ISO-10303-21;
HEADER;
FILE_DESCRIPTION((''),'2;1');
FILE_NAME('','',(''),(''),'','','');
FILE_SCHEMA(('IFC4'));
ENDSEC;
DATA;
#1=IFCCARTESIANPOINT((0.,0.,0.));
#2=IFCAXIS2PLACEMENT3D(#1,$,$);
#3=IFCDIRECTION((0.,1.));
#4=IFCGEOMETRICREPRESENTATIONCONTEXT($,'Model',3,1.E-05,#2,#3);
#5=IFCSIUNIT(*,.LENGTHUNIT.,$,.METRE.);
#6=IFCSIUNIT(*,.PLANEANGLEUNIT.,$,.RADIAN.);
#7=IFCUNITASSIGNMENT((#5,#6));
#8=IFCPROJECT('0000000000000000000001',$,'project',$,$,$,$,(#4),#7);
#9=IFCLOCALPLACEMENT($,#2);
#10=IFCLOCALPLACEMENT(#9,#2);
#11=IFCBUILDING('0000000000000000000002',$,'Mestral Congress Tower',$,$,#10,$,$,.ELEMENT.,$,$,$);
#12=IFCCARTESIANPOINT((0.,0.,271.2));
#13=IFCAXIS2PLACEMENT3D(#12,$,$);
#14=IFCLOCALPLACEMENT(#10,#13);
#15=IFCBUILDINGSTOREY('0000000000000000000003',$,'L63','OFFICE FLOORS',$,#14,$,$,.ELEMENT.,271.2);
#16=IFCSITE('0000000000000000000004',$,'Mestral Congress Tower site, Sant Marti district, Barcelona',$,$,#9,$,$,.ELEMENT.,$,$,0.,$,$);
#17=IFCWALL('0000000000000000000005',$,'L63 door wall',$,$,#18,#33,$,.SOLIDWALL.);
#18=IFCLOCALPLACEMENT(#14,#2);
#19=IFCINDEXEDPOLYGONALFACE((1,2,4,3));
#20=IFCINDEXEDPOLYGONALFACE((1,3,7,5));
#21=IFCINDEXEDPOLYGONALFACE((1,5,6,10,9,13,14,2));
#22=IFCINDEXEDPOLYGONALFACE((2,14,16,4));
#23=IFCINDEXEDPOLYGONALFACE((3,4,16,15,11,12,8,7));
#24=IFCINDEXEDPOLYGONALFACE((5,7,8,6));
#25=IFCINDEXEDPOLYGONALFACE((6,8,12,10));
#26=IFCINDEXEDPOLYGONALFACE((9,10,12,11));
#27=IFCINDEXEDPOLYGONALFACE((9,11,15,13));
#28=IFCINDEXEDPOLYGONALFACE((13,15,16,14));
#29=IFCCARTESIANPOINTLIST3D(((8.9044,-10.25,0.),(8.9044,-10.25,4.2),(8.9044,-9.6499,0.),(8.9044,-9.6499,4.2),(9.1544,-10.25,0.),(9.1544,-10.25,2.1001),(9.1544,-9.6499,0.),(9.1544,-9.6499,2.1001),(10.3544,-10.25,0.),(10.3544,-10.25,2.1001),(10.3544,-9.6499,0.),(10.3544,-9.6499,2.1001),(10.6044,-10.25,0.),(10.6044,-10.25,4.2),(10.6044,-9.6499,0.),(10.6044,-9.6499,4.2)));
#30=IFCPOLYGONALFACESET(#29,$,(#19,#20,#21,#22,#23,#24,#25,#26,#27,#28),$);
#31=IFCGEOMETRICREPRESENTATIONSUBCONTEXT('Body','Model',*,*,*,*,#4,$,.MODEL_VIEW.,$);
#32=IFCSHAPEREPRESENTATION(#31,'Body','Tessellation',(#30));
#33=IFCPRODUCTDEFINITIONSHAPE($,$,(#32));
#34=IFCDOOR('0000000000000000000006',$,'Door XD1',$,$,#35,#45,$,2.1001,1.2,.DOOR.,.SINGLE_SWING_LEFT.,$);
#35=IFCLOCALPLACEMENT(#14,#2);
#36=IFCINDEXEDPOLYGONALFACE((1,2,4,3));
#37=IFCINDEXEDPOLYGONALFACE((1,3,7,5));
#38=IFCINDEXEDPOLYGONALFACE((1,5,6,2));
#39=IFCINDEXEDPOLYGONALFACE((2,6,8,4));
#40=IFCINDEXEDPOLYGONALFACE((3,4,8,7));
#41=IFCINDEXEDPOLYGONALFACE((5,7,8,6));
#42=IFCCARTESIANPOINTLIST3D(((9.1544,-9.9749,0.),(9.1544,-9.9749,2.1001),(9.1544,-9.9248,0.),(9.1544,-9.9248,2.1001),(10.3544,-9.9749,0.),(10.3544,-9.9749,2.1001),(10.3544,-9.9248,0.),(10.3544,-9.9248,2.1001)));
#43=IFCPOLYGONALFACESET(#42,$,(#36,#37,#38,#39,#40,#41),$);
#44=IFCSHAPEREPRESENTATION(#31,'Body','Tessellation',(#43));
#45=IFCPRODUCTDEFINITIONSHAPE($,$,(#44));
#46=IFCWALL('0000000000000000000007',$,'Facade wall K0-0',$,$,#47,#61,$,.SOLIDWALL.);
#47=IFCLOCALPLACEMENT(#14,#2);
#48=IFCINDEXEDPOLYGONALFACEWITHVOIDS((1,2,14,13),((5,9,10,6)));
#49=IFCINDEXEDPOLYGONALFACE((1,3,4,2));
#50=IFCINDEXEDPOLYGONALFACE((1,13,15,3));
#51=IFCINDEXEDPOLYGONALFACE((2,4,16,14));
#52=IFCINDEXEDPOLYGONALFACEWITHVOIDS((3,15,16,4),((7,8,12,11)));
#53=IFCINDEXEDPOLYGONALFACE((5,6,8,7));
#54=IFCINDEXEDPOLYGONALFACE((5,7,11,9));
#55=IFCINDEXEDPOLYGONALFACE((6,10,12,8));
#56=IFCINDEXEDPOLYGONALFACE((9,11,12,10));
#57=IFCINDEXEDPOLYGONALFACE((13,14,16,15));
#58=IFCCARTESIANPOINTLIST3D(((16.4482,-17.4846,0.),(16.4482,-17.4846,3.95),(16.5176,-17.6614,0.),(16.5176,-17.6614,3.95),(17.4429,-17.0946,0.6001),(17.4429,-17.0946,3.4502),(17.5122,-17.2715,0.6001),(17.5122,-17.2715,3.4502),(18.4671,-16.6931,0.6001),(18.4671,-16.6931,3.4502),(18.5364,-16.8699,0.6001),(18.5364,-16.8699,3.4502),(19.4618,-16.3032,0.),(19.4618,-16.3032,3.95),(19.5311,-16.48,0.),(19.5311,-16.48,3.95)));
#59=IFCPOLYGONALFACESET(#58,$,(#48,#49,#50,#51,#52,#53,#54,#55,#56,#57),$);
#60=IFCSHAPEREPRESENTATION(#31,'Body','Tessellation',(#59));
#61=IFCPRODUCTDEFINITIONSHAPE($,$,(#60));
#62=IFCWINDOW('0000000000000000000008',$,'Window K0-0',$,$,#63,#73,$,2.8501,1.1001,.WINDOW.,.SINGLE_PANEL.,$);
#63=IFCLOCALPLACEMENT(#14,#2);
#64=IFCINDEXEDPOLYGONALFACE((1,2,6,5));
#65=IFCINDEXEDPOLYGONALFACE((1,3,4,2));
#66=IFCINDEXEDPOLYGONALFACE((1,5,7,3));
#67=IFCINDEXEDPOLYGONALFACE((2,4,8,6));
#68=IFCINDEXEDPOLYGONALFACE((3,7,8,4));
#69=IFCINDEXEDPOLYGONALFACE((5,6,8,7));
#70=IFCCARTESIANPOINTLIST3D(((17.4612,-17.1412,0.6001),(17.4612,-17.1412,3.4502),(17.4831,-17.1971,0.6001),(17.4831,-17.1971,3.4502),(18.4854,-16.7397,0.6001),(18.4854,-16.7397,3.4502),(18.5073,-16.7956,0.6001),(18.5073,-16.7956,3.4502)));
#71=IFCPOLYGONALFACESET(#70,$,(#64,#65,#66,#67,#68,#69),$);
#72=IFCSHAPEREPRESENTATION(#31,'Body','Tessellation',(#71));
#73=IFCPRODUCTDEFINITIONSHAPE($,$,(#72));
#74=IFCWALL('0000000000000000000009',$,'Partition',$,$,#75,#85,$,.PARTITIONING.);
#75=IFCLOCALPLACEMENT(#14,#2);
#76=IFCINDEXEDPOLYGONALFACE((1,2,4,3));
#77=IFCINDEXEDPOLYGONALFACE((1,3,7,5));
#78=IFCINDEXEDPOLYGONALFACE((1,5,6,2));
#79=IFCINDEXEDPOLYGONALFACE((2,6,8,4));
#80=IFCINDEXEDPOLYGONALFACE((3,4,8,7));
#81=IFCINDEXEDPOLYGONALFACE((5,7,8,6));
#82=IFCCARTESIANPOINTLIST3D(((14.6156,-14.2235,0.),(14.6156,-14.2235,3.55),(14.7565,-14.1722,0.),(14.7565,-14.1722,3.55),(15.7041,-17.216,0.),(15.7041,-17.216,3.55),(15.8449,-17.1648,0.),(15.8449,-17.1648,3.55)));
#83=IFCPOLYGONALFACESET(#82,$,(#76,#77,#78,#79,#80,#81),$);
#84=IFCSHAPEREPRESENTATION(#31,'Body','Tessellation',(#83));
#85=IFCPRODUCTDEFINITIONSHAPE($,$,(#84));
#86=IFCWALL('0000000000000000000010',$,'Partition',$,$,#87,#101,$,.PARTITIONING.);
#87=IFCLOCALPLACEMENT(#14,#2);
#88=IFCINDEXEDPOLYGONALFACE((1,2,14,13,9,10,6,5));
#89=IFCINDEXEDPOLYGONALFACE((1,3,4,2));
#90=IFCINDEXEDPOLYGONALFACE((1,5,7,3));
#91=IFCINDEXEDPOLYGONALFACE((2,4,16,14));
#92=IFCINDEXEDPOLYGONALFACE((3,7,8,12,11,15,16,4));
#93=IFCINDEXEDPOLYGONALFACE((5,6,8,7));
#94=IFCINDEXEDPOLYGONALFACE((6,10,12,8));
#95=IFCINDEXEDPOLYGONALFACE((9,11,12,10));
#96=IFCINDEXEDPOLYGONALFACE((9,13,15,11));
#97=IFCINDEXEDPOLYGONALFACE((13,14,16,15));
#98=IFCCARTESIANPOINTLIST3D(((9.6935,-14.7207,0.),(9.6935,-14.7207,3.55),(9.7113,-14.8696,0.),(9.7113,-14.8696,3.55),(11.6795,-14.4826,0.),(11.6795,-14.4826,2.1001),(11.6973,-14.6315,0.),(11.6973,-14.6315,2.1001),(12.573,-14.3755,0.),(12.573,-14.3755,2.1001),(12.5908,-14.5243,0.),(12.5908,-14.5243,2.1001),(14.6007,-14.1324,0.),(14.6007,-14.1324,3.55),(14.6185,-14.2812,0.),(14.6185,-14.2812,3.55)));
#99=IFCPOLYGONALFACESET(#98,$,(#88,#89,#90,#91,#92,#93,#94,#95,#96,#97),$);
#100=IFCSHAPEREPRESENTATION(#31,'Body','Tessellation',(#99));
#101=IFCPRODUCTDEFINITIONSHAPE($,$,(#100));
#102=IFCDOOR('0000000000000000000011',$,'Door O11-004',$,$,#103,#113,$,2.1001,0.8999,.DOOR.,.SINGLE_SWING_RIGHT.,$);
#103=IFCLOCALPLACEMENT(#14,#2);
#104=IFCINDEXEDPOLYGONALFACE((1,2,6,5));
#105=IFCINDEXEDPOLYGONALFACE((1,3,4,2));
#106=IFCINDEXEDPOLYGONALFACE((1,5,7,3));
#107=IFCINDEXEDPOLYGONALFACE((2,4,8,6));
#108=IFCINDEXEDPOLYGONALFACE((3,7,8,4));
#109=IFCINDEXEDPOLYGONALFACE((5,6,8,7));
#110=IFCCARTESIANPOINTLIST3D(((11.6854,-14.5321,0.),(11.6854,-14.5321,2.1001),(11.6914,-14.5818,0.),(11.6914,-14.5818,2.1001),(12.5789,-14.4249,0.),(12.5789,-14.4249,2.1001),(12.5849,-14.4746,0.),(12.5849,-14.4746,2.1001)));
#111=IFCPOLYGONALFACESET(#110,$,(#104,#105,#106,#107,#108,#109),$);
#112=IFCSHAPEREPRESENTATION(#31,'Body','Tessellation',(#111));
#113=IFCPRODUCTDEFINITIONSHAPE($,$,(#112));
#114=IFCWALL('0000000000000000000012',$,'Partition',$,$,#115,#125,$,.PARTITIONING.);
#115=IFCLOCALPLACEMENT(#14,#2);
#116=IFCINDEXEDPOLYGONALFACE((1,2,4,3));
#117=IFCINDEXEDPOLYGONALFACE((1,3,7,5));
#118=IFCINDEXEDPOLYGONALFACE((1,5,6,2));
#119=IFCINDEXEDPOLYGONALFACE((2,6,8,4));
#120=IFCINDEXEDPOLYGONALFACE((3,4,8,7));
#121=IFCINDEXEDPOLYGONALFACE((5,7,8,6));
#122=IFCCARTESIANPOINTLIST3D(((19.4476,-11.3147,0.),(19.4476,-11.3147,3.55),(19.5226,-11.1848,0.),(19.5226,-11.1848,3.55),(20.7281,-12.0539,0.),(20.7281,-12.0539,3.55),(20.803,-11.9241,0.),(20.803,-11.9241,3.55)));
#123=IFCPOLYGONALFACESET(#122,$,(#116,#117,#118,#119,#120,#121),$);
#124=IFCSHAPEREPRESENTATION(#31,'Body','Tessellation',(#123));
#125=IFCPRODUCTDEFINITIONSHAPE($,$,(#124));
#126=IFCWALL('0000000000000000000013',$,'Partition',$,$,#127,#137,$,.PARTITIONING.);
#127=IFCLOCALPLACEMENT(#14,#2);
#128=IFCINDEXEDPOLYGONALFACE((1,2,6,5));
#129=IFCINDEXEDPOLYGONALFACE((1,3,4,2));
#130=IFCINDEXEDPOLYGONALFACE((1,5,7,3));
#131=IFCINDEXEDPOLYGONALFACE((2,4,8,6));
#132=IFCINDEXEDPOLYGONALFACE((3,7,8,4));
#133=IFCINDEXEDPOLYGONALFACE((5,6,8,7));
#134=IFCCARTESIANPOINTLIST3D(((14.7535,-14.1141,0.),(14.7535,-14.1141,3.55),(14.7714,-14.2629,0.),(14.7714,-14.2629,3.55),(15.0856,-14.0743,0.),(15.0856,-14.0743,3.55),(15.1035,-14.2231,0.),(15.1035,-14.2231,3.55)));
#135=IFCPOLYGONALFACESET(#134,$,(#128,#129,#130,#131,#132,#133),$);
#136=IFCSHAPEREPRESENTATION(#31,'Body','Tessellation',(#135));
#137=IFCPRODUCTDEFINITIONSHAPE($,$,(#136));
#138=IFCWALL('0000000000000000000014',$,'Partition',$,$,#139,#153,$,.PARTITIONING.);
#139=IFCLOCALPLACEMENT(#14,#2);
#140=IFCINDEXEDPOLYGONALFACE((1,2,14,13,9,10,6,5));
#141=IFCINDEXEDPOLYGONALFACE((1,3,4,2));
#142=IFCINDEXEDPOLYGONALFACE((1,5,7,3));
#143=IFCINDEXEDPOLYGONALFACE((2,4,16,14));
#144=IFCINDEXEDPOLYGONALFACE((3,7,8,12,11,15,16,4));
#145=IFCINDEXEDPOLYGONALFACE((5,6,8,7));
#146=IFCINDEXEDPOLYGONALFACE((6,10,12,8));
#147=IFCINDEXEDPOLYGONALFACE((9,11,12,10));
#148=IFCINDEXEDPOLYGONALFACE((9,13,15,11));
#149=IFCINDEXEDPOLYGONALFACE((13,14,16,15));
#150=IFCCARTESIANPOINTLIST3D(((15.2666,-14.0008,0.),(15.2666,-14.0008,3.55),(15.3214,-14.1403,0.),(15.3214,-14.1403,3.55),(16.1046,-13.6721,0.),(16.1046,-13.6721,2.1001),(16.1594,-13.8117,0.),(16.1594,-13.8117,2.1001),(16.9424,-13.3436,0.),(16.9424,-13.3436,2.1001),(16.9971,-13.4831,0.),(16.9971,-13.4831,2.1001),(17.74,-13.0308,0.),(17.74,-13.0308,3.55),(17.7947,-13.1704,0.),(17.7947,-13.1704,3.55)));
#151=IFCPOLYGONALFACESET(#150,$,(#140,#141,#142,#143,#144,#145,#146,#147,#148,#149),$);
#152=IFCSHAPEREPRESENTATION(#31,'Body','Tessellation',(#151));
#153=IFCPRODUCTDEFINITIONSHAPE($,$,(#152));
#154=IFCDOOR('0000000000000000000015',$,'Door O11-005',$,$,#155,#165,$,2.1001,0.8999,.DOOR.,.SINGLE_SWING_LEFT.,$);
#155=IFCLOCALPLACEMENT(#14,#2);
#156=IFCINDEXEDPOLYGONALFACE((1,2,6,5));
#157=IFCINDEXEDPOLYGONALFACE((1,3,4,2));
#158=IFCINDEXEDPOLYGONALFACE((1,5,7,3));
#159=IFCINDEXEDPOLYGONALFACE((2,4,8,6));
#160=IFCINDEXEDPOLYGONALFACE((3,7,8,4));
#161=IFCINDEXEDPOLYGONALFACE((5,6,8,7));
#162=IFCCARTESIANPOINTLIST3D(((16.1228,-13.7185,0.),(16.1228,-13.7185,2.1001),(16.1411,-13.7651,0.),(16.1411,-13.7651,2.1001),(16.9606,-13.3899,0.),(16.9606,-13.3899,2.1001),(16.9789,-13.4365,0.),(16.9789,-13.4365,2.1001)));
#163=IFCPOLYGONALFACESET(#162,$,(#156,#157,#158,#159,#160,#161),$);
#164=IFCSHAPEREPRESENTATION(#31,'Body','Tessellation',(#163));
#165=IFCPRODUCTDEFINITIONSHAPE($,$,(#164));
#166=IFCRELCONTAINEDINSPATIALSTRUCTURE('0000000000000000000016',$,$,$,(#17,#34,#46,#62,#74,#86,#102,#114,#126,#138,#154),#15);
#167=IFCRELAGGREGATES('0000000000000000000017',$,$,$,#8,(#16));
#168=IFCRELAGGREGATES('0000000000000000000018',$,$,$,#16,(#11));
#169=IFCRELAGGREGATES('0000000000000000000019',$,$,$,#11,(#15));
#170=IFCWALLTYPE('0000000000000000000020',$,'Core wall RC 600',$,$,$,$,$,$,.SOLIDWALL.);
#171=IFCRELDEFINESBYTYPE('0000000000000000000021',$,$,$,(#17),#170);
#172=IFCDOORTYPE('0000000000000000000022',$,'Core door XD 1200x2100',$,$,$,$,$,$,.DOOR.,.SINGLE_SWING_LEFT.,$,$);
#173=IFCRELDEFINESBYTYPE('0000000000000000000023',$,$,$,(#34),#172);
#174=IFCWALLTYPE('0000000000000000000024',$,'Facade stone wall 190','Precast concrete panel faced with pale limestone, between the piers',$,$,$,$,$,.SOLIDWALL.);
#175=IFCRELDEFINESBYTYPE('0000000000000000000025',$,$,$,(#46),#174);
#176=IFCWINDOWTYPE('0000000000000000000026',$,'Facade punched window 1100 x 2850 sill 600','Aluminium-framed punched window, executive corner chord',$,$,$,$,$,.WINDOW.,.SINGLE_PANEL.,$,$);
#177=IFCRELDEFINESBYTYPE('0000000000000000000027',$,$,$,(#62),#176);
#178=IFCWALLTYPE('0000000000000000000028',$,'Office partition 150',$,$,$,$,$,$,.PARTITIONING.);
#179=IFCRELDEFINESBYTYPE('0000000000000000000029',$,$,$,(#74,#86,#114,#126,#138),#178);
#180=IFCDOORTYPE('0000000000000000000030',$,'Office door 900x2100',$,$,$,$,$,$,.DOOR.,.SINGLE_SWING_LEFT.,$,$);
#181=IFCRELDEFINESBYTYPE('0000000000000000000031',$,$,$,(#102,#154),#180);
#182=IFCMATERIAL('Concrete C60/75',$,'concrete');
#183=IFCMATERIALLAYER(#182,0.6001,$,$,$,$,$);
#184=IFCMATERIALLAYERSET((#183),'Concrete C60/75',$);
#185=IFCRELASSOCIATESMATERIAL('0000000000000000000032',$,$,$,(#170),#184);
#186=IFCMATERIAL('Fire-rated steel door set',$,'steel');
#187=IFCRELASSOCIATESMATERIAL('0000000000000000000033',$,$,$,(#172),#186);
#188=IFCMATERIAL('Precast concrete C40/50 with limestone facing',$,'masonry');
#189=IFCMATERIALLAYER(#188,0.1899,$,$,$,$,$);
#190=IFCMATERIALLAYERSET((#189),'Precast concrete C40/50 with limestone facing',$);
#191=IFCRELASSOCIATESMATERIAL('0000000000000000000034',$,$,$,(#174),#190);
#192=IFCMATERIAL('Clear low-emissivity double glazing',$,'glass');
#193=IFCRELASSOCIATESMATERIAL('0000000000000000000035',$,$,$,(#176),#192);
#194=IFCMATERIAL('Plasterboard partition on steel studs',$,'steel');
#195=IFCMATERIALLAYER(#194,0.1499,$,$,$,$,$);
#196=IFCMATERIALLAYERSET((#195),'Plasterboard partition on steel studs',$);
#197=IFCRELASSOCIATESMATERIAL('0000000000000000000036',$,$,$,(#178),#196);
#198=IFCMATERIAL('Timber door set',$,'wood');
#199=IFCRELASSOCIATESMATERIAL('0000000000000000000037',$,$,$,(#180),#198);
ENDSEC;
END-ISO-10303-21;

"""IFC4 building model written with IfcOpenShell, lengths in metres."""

from ifc_helpers import new_model, si_unit, direction, frame, frame_2d, origin, place, context, subcontext, project, spatial, rectangle, extrude, material, layer, layer_set, type_object, element, fill, save


model = new_model("IFC4")

# Units and contexts
model_context = context("Model", 3, precision=1e-05, world=origin(), true_north=direction((0.0, 1.0)))
body_context = subcontext(model_context, "Body", "Model", "MODEL_VIEW")
ifc_project = project(units=[si_unit("LENGTHUNIT", "METRE"), si_unit("PLANEANGLEUNIT", "RADIAN")], contexts=[model_context])

# Site, building, storey
site_placement = place(None, origin())
site = spatial("IfcSite", under=ifc_project, at=site_placement, Name="Mestral Congress Tower site, Sant Marti district, Barcelona", CompositionType="ELEMENT", RefElevation=0.0)
building_placement = place(site_placement, origin())
building = spatial("IfcBuilding", under=site, at=building_placement, Name="Mestral Congress Tower", CompositionType="ELEMENT")
storey_placement = place(building_placement, frame((0.0, 0.0, 271.2)))
storey = spatial("IfcBuildingStorey", under=building, at=storey_placement, Name="L63", Description="OFFICE FLOORS", CompositionType="ELEMENT", Elevation=271.2)

# Shared definitions
ifc_material_1 = material(Name="Concrete C60/75", Category="concrete")

# Shared definitions
ifc_layer_1 = layer(ifc_material_1, 0.6001)
ifc_layer_set_1 = layer_set([ifc_layer_1], Name="Concrete C60/75")
wall_type_1 = type_object("IfcWallType", Name="Core wall RC 600", PredefinedType="SOLIDWALL", material=ifc_layer_set_1)

# Wall, opening, door
wall_1_placement = place(storey_placement, frame((10.6045, -9.95, 0.0), z_axis=(0.0, 0.0, 1.0), x_axis=(-1.0, 0.0, 0.0)))
wall_1 = element("IfcWall", 1, at=wall_1_placement, inside=storey, type_object=wall_type_1, Name="L63 door wall", PredefinedType="SOLIDWALL", context=body_context, shape_type="SweptSolid", body=[
    extrude(rectangle(XDim=1.7, YDim=0.6001, at=frame_2d((0.8501, 0.0))), origin(), (0.0, 0.0, 1.0), 4.2),
])
opening_1_placement = place(wall_1_placement, frame((0.25, 0.0, 0.0)))
opening_1 = element("IfcOpeningElement", 2, at=opening_1_placement, cuts=wall_1, PredefinedType="OPENING", context=body_context, shape_type="SweptSolid", body=[
    extrude(rectangle(XDim=1.2, YDim=2.1001, at=frame_2d((0.6001, 1.05))), frame((0.0, 0.3101, 0.0), z_axis=(0.0, -1.0, 0.0), x_axis=(1.0, 0.0, 0.0)), (0.0, 0.0, 1.0), 0.6201),
])
ifc_material_2 = material(Name="Fire-rated steel door set", Category="steel")
door_type_1 = type_object("IfcDoorType", Name="Core door XD 1200x2100", OperationType="SINGLE_SWING_LEFT", PredefinedType="DOOR", material=ifc_material_2)
door_1_placement = place(opening_1_placement, origin())
door_1 = element("IfcDoor", 3, at=door_1_placement, inside=storey, type_object=door_type_1, Name="Door XD1", OperationType="SINGLE_SWING_LEFT", OverallHeight=2.1001, OverallWidth=1.2, PredefinedType="DOOR", context=body_context, shape_type="SweptSolid", body=[
    extrude(rectangle(XDim=1.2, YDim=2.1001, at=frame_2d((0.6001, 1.05))), frame((0.0, 0.0249, 0.0), z_axis=(0.0, -1.0, 0.0), x_axis=(1.0, 0.0, 0.0)), (0.0, 0.0, 1.0), 0.05),
])
fill(opening_1, door_1)

# Wall, opening, window
ifc_material_3 = material(Name="Precast concrete C40/50 with limestone facing", Category="masonry")
ifc_layer_2 = layer(ifc_material_3, 0.1899)
ifc_layer_set_2 = layer_set([ifc_layer_2], Name="Precast concrete C40/50 with limestone facing")
wall_type_2 = type_object("IfcWallType", Name="Facade stone wall 190", Description="Precast concrete panel faced with pale limestone, between the piers", PredefinedType="SOLIDWALL", material=ifc_layer_set_2)
wall_2_placement = place(storey_placement, frame((16.4829, -17.573, 0.0), z_axis=(0.0, 0.0, 1.0), x_axis=(0.931009, 0.364997, 0.0)))
wall_2 = element("IfcWall", 4, at=wall_2_placement, inside=storey, type_object=wall_type_2, Name="Facade wall K0-0", PredefinedType="SOLIDWALL", context=body_context, shape_type="SweptSolid", body=[
    extrude(rectangle(XDim=3.2368, YDim=0.1899, at=frame_2d((1.6184, 0.0))), origin(), (0.0, 0.0, 1.0), 3.95),
])
opening_2_placement = place(wall_2_placement, frame((1.0684, 0.0, 0.6001)))
opening_2 = element("IfcOpeningElement", 5, at=opening_2_placement, cuts=wall_2, PredefinedType="OPENING", context=body_context, shape_type="SweptSolid", body=[
    extrude(rectangle(XDim=1.1001, YDim=2.8501, at=frame_2d((0.55, 1.425))), frame((0.0, 0.105, 0.0), z_axis=(0.0, -1.0, 0.0), x_axis=(1.0, 0.0, 0.0)), (0.0, 0.0, 1.0), 0.21),
])
ifc_material_4 = material(Name="Clear low-emissivity double glazing", Category="glass")
window_type = type_object("IfcWindowType", Name="Facade punched window 1100 x 2850 sill 600", Description="Aluminium-framed punched window, executive corner chord", PartitioningType="SINGLE_PANEL", PredefinedType="WINDOW", material=ifc_material_4)
window_placement = place(opening_2_placement, origin())
window = element("IfcWindow", 6, at=window_placement, inside=storey, type_object=window_type, Name="Window K0-0", OverallHeight=2.8501, OverallWidth=1.1001, PartitioningType="SINGLE_PANEL", PredefinedType="WINDOW", context=body_context, shape_type="SweptSolid", body=[
    extrude(rectangle(XDim=1.1001, YDim=2.8501, at=frame_2d((0.55, 1.425))), frame((0.0, 0.0449, 0.0), z_axis=(0.0, -1.0, 0.0), x_axis=(1.0, 0.0, 0.0)), (0.0, 0.0, 1.0), 0.0601),
])
fill(opening_2, window)

# Wall
ifc_material_5 = material(Name="Plasterboard partition on steel studs", Category="steel")
ifc_layer_3 = layer(ifc_material_5, 0.1499)
ifc_layer_set_3 = layer_set([ifc_layer_3], Name="Plasterboard partition on steel studs")
wall_type_3 = type_object("IfcWallType", Name="Office partition 150", PredefinedType="PARTITIONING", material=ifc_layer_set_3)
wall_3_placement = place(storey_placement, frame((14.686, -14.1978, 0.0), z_axis=(0.0, 0.0, 1.0), x_axis=(0.341805, -0.939771, 0.0)))
element("IfcWall", 7, at=wall_3_placement, inside=storey, type_object=wall_type_3, Name="Partition", PredefinedType="PARTITIONING", context=body_context, shape_type="SweptSolid", body=[
    extrude(rectangle(XDim=3.1843, YDim=0.1499, at=frame_2d((1.5923, 0.0))), origin(), (0.0, 0.0, 1.0), 3.55),
])

# Wall, opening, door
wall_4_placement = place(storey_placement, frame((14.6096, -14.2068, 0.0), z_axis=(0.0, 0.0, 1.0), x_axis=(-0.992889, -0.119048, 0.0)))
wall_4 = element("IfcWall", 8, at=wall_4_placement, inside=storey, type_object=wall_type_3, Name="Partition", PredefinedType="PARTITIONING", context=body_context, shape_type="SweptSolid", body=[
    extrude(rectangle(XDim=4.9424, YDim=0.1499, at=frame_2d((2.4712, 0.0))), origin(), (0.0, 0.0, 1.0), 3.55),
])
opening_3_placement = place(wall_4_placement, frame((2.0422, 0.0, 0.0)))
opening_3 = element("IfcOpeningElement", 9, at=opening_3_placement, cuts=wall_4, PredefinedType="OPENING", context=body_context, shape_type="SweptSolid", body=[
    extrude(rectangle(XDim=0.8999, YDim=2.1001, at=frame_2d((0.45, 1.05))), frame((0.0, 0.085, 0.0), z_axis=(0.0, -1.0, 0.0), x_axis=(1.0, 0.0, 0.0)), (0.0, 0.0, 1.0), 0.1699),
])
ifc_material_6 = material(Name="Timber door set", Category="wood")
door_type_2 = type_object("IfcDoorType", Name="Office door 900x2100", OperationType="SINGLE_SWING_LEFT", PredefinedType="DOOR", material=ifc_material_6)
door_2_placement = place(opening_3_placement, origin())
door_2 = element("IfcDoor", 10, at=door_2_placement, inside=storey, type_object=door_type_2, Name="Door O11-004", OperationType="SINGLE_SWING_RIGHT", OverallHeight=2.1001, OverallWidth=0.8999, PredefinedType="DOOR", context=body_context, shape_type="SweptSolid", body=[
    extrude(rectangle(XDim=0.8999, YDim=2.1001, at=frame_2d((0.45, 1.05))), frame((0.0, 0.0249, 0.0), z_axis=(0.0, -1.0, 0.0), x_axis=(1.0, 0.0, 0.0)), (0.0, 0.0, 1.0), 0.05),
])
fill(opening_3, door_2)

# Walls
wall_5_placement = place(storey_placement, frame((19.4851, -11.2498, 0.0), z_axis=(0.0, 0.0, 1.0), x_axis=(0.86604, -0.499975, 0.0)))
element("IfcWall", 11, at=wall_5_placement, inside=storey, type_object=wall_type_3, Name="Partition", PredefinedType="PARTITIONING", context=body_context, shape_type="SweptSolid", body=[
    extrude(rectangle(XDim=1.4785, YDim=0.1499, at=frame_2d((0.7393, 0.0))), origin(), (0.0, 0.0, 1.0), 3.55),
])
wall_6_placement = place(storey_placement, frame((14.7625, -14.1885, 0.0), z_axis=(0.0, 0.0, 1.0), x_axis=(0.992894, 0.119001, 0.0)))
element("IfcWall", 12, at=wall_6_placement, inside=storey, type_object=wall_type_3, Name="Partition", PredefinedType="PARTITIONING", context=body_context, shape_type="SweptSolid", body=[
    extrude(rectangle(XDim=0.3345, YDim=0.1499, at=frame_2d((0.1672, 0.0))), origin(), (0.0, 0.0, 1.0), 3.55),
])

# Wall, opening, door
wall_7_placement = place(storey_placement, frame((17.7673, -13.1006, 0.0), z_axis=(0.0, 0.0, 1.0), x_axis=(-0.930971, -0.365092, 0.0)))
wall_7 = element("IfcWall", 13, at=wall_7_placement, inside=storey, type_object=wall_type_3, Name="Partition", PredefinedType="PARTITIONING", context=body_context, shape_type="SweptSolid", body=[
    extrude(rectangle(XDim=2.6567, YDim=0.1499, at=frame_2d((1.3284, 0.0))), origin(), (0.0, 0.0, 1.0), 3.55),
])
opening_4_placement = place(wall_7_placement, frame((0.8567, 0.0, 0.0)))
opening_4 = element("IfcOpeningElement", 14, at=opening_4_placement, cuts=wall_7, PredefinedType="OPENING", context=body_context, shape_type="SweptSolid", body=[
    extrude(rectangle(XDim=0.8999, YDim=2.1001, at=frame_2d((0.45, 1.05))), frame((0.0, 0.085, 0.0), z_axis=(0.0, -1.0, 0.0), x_axis=(1.0, 0.0, 0.0)), (0.0, 0.0, 1.0), 0.1699),
])
door_3_placement = place(opening_4_placement, origin())
door_3 = element("IfcDoor", 15, at=door_3_placement, inside=storey, type_object=door_type_2, Name="Door O11-005", OperationType="SINGLE_SWING_LEFT", OverallHeight=2.1001, OverallWidth=0.8999, PredefinedType="DOOR", context=body_context, shape_type="SweptSolid", body=[
    extrude(rectangle(XDim=0.8999, YDim=2.1001, at=frame_2d((0.45, 1.05))), frame((0.0, 0.0249, 0.0), z_axis=(0.0, -1.0, 0.0), x_axis=(1.0, 0.0, 0.0)), (0.0, 0.0, 1.0), 0.05),
])
fill(opening_4, door_3)

save(model, "model.ifc")
